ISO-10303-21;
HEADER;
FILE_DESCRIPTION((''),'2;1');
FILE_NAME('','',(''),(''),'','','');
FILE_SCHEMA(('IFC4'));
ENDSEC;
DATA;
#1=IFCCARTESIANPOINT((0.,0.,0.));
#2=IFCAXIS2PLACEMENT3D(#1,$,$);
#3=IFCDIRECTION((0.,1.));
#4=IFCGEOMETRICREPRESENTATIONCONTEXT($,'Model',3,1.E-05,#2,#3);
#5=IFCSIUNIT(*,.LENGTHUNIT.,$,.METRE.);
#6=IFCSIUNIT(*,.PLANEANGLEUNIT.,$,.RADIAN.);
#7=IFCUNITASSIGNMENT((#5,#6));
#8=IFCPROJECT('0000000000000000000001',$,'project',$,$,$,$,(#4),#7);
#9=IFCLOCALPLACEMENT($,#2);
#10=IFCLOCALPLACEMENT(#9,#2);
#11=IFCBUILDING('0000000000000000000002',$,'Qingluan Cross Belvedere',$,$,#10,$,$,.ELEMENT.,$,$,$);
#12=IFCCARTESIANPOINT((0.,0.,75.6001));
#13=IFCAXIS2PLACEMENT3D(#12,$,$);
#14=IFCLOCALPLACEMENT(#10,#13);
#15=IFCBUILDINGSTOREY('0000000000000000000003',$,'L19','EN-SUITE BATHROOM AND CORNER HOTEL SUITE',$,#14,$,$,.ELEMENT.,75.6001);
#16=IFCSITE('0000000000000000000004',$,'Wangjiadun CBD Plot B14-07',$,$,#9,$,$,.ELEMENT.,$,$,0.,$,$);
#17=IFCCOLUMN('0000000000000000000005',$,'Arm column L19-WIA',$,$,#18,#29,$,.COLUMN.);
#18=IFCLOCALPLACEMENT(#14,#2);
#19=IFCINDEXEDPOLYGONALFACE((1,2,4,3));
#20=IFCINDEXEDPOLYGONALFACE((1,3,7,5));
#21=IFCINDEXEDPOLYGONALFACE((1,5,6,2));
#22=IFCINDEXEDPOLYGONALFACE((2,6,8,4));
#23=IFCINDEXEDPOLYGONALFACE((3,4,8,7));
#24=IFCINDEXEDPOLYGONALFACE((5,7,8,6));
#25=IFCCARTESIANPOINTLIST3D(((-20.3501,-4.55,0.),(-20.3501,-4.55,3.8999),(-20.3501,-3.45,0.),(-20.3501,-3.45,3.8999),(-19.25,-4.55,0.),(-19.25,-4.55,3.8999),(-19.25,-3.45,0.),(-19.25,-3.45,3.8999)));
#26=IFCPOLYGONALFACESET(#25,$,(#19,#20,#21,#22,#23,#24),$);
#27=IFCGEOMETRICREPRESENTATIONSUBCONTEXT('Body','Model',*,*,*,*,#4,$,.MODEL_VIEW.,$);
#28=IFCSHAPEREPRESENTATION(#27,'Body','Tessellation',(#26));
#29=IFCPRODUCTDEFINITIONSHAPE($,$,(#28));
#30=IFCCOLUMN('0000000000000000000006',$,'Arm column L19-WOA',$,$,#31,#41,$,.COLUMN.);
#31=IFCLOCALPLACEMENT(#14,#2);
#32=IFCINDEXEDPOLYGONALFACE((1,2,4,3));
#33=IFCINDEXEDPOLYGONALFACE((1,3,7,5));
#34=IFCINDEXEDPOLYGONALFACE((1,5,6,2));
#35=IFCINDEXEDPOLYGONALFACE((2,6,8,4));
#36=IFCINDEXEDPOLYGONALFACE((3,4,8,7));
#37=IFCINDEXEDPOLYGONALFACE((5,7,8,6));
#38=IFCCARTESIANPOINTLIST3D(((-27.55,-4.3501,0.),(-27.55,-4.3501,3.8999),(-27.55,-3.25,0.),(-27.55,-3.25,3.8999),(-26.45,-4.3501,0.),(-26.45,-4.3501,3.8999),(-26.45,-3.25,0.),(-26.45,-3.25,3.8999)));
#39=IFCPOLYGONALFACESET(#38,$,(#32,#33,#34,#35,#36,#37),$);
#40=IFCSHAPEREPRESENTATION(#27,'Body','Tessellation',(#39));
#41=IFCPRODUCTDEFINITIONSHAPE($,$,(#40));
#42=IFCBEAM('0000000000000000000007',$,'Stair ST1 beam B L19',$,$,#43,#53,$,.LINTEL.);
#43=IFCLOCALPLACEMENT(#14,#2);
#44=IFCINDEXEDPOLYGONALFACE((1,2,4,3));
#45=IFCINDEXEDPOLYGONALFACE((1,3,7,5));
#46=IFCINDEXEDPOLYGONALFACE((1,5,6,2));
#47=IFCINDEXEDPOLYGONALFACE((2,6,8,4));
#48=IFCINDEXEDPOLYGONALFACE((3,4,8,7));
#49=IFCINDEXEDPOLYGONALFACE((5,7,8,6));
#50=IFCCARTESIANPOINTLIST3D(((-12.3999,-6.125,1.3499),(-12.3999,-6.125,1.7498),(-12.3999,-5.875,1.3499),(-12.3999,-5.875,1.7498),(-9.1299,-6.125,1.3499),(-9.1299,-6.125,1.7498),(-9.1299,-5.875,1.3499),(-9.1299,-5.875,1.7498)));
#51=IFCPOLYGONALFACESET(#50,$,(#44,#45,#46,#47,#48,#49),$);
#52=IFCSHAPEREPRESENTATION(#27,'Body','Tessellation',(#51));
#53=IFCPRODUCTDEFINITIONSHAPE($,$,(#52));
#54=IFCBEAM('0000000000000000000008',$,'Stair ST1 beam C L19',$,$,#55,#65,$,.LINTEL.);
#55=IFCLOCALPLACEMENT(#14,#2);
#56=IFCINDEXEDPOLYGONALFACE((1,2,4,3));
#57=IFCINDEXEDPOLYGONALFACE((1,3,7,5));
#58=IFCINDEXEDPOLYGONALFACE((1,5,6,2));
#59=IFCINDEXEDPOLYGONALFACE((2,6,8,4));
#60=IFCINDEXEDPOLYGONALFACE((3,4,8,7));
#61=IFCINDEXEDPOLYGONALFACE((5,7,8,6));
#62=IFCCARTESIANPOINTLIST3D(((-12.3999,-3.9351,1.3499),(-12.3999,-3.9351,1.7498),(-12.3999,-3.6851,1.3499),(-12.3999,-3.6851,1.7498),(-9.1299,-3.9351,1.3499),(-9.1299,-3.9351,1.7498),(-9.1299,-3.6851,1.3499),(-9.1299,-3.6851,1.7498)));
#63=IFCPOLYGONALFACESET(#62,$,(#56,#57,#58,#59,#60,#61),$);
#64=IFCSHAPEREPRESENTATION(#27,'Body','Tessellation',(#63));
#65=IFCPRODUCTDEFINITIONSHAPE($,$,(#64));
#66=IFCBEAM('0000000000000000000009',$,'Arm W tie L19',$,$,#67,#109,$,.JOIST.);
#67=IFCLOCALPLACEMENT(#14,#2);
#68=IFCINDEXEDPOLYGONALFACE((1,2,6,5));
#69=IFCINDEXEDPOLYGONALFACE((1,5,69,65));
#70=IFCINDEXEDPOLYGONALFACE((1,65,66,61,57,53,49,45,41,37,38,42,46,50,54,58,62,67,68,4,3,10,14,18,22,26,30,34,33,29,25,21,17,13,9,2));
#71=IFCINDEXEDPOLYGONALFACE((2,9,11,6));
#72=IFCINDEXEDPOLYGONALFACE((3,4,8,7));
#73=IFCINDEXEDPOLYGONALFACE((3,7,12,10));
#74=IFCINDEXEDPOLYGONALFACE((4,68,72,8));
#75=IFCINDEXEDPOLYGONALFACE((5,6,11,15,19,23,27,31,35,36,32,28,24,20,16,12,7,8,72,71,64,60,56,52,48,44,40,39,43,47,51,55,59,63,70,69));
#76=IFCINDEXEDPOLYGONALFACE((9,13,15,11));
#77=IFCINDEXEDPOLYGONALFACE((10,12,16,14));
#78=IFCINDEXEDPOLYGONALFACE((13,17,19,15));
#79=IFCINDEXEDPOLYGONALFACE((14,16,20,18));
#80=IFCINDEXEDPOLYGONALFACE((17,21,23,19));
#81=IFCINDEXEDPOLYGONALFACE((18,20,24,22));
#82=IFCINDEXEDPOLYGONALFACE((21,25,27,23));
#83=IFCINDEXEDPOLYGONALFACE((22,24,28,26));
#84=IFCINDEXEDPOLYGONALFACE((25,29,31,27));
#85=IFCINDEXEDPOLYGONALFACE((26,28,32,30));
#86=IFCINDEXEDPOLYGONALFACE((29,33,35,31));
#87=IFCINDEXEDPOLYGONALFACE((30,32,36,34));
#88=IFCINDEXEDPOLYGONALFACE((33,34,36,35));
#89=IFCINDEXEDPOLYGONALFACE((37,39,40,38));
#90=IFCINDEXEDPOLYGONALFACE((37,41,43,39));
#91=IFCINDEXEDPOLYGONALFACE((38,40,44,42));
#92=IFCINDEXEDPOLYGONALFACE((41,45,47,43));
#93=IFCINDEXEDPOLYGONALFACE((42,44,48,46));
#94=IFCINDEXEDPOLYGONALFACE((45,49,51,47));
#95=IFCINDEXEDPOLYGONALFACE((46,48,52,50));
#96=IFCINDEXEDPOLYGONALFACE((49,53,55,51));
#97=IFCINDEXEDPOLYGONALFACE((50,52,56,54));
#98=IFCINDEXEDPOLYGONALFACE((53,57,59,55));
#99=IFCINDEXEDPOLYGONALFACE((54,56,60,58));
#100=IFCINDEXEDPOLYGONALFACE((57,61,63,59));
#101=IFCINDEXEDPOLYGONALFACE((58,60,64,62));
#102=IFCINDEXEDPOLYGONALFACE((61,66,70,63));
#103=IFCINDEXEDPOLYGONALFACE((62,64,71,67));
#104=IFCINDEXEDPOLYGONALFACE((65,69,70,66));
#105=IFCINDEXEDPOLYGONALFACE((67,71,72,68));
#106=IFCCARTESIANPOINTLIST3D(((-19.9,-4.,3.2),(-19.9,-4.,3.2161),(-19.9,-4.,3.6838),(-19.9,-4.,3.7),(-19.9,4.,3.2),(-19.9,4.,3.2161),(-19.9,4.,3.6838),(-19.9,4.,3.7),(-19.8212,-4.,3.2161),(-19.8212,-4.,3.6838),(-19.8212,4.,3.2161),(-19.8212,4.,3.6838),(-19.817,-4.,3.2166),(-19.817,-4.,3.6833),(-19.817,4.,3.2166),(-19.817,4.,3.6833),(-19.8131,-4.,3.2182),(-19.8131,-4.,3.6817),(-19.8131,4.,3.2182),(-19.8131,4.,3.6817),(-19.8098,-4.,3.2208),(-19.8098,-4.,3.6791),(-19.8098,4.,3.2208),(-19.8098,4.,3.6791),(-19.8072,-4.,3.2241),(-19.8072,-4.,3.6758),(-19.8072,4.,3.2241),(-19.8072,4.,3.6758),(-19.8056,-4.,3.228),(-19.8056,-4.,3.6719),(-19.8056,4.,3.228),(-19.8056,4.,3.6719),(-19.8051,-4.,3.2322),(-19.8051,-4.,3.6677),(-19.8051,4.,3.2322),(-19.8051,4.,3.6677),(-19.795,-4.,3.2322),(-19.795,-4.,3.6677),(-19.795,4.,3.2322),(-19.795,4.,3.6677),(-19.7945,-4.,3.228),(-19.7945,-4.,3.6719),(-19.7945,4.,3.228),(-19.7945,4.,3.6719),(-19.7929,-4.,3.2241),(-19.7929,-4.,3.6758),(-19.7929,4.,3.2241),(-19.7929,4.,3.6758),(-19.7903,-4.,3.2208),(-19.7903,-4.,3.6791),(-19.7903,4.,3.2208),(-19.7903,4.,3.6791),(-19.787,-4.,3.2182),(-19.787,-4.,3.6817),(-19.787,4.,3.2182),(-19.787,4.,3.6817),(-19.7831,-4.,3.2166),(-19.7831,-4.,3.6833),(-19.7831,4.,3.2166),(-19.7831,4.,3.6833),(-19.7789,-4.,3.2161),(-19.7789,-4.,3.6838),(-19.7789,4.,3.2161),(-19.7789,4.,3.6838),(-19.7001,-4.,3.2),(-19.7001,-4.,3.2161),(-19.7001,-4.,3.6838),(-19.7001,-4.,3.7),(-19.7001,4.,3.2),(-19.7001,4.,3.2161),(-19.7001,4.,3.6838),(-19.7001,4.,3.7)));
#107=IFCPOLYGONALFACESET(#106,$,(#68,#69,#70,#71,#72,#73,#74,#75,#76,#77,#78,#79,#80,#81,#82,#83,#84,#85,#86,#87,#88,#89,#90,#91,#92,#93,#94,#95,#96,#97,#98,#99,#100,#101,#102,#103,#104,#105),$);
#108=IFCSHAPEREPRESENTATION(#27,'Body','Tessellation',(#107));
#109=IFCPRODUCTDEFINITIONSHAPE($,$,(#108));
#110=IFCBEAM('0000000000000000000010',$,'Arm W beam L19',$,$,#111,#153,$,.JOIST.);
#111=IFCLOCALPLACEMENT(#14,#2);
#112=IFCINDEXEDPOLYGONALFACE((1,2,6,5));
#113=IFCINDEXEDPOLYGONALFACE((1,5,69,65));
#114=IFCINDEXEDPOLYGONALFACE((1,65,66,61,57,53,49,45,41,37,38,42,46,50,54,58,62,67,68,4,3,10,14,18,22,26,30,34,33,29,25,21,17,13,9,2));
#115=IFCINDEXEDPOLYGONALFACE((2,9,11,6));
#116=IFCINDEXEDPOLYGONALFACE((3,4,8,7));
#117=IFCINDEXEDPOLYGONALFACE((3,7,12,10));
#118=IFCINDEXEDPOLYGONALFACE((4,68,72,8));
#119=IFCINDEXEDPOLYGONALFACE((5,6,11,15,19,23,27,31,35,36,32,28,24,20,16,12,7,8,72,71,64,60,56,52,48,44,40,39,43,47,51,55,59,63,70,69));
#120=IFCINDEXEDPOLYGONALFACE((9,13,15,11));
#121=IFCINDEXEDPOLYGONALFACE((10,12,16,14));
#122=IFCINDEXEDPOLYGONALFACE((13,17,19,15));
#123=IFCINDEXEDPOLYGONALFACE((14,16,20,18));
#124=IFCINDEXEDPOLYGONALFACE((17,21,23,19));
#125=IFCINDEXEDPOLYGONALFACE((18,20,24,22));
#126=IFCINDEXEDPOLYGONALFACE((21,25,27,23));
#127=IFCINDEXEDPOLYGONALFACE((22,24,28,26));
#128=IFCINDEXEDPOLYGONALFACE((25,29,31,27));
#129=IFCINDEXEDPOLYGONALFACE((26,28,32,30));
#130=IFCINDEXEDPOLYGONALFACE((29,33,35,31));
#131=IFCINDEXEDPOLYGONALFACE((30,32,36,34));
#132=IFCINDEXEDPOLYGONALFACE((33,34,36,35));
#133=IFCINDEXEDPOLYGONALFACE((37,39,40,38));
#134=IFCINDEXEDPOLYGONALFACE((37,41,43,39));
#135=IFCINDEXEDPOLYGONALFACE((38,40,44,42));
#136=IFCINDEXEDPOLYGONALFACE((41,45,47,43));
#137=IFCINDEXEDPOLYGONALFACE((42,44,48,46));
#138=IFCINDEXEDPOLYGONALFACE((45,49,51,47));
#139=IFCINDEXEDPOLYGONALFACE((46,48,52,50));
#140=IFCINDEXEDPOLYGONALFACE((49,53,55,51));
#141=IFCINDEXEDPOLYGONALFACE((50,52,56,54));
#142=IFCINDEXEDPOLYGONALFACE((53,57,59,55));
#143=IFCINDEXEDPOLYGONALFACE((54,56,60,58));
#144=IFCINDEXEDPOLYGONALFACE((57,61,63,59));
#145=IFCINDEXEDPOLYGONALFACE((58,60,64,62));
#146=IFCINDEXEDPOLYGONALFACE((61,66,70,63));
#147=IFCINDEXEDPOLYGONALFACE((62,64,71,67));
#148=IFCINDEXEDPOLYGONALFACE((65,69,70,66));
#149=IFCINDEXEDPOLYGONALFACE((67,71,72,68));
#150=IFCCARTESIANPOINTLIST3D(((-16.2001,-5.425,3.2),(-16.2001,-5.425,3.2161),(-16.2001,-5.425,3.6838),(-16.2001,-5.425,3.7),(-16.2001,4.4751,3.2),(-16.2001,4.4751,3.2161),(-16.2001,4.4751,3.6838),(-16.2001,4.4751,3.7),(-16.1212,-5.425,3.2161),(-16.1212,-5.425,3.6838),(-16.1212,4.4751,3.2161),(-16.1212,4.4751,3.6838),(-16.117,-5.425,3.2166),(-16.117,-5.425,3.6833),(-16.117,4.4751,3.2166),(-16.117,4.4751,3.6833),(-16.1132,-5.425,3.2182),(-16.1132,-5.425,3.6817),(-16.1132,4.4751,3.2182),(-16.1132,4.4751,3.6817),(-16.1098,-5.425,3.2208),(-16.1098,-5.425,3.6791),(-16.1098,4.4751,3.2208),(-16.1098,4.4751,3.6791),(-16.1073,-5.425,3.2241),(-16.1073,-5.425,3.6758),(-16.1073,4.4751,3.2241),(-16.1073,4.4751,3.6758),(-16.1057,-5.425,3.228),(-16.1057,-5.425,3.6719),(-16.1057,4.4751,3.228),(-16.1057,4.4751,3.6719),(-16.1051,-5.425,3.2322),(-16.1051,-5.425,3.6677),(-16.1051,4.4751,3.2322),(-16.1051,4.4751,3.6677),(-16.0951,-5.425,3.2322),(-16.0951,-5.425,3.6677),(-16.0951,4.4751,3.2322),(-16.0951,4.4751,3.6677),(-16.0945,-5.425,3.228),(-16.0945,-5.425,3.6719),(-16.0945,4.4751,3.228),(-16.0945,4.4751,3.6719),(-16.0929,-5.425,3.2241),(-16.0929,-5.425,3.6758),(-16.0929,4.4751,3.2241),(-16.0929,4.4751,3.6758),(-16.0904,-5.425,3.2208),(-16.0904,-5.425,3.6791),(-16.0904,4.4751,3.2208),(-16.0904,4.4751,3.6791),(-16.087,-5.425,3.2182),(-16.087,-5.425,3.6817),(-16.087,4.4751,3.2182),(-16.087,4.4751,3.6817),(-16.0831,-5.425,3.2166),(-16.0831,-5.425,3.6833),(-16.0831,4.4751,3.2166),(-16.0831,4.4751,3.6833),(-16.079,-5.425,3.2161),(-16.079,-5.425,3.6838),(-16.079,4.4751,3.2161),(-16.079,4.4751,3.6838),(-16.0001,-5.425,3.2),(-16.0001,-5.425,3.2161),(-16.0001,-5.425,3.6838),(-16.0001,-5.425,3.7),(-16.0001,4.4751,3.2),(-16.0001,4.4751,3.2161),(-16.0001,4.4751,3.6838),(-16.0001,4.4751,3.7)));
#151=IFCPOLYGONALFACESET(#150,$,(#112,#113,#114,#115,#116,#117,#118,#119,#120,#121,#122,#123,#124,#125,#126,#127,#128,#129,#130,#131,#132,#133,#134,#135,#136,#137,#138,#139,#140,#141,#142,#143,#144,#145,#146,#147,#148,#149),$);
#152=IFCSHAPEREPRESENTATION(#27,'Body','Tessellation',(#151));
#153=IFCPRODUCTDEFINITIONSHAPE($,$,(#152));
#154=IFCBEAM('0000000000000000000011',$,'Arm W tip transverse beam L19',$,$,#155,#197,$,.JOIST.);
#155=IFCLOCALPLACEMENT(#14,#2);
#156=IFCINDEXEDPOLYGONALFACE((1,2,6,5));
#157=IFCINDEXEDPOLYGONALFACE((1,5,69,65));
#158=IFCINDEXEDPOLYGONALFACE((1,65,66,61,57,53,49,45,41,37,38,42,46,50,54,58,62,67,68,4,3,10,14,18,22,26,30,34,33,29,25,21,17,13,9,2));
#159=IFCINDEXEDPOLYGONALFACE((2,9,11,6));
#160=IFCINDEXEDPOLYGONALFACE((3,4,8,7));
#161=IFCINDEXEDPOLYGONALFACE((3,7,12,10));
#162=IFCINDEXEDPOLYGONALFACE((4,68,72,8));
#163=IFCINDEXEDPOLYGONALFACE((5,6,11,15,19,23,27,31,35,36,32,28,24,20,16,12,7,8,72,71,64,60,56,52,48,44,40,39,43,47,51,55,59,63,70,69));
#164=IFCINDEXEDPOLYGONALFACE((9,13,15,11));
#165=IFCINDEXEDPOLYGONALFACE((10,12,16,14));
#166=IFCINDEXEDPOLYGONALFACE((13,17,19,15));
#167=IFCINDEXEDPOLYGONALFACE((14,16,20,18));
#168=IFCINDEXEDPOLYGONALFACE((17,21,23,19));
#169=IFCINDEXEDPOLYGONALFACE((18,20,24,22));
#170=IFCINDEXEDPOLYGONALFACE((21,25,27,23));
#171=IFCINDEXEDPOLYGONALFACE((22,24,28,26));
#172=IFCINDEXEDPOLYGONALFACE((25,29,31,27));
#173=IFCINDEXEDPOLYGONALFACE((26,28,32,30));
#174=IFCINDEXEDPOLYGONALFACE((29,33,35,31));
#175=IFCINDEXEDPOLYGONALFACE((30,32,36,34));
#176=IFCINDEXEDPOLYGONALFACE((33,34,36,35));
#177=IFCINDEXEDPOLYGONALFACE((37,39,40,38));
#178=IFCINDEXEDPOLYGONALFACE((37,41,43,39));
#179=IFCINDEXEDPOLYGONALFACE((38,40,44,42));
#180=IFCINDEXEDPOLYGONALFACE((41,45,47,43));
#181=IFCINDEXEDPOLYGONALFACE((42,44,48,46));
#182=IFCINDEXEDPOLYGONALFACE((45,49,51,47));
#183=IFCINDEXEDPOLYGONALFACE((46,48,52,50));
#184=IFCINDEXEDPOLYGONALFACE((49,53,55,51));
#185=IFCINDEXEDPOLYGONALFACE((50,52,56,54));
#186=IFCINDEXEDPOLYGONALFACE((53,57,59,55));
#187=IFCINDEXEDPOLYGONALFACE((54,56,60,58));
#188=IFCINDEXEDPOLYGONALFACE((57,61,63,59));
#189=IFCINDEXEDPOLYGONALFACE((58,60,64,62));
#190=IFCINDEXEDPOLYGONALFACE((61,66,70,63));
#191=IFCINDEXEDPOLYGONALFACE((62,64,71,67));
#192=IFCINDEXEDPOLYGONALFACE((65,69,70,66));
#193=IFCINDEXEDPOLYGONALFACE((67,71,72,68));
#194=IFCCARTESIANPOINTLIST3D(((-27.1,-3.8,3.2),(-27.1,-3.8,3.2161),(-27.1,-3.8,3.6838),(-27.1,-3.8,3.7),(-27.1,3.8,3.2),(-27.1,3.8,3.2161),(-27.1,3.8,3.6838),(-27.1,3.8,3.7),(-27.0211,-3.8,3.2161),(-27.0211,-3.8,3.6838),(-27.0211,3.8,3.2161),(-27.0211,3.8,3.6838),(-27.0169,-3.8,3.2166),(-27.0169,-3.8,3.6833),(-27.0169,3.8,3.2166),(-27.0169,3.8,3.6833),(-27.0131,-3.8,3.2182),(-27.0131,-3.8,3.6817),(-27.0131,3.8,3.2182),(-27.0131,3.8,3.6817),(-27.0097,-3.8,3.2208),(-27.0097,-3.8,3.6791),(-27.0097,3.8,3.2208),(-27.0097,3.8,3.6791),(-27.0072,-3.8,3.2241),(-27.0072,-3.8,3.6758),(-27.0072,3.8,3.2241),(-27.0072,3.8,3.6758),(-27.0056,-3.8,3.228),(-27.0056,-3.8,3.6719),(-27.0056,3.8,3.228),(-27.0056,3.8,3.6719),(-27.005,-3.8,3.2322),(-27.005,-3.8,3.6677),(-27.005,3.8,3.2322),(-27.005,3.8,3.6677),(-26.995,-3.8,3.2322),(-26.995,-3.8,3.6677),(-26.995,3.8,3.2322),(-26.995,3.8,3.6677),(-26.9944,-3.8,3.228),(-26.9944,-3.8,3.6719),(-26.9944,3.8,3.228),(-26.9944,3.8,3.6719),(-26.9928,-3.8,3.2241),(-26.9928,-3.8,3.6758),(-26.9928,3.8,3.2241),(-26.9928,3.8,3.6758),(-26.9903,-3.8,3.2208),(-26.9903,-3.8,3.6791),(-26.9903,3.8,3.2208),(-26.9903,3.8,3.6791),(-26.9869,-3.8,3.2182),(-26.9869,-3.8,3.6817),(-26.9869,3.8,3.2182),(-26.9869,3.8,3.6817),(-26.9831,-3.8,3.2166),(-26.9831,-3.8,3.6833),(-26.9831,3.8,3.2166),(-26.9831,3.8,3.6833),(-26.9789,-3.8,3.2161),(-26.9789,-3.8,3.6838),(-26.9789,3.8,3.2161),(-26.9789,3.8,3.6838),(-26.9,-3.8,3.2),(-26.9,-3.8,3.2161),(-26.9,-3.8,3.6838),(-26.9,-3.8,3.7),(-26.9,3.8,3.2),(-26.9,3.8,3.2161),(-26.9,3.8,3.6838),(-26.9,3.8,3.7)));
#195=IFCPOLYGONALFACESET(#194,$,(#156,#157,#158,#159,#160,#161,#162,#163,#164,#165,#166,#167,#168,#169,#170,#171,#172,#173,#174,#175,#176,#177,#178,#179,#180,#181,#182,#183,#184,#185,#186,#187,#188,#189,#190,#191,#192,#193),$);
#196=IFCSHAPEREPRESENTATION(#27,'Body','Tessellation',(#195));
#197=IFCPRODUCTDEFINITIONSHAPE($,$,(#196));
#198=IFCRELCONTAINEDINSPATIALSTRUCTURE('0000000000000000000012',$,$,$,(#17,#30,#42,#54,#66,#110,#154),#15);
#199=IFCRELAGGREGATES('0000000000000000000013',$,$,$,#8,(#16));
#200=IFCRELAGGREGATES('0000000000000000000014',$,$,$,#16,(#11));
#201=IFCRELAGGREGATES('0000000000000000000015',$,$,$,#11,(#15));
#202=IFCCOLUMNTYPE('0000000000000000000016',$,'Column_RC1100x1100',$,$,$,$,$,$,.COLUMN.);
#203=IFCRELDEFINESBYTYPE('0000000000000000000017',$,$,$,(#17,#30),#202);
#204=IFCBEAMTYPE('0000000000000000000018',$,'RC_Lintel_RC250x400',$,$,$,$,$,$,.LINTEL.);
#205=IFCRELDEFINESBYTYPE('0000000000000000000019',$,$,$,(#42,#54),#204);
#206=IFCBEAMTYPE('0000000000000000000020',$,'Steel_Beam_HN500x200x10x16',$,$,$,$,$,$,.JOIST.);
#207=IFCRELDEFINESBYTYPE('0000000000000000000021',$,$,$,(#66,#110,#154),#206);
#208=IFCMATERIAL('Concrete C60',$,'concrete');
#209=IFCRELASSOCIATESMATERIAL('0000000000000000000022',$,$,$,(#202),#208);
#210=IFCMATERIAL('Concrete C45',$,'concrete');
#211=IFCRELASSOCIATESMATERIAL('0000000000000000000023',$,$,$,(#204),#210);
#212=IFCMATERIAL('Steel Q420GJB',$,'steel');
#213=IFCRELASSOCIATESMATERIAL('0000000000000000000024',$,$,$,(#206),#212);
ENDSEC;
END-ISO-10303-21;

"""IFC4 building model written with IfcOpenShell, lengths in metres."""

from ifc_helpers import new_model, si_unit, direction, frame, origin, origin_2d, place, context, subcontext, project, spatial, rectangle, i_section, extrude, material, material_profile, profile_set, type_object, element, save


model = new_model("IFC4")

# Units and contexts
model_context = context("Model", 3, precision=1e-05, world=origin(), true_north=direction((0.0, 1.0)))
body_context = subcontext(model_context, "Body", "Model", "MODEL_VIEW")
ifc_project = project(units=[si_unit("LENGTHUNIT", "METRE"), si_unit("PLANEANGLEUNIT", "RADIAN")], contexts=[model_context])

# Site, building, storey
site_placement = place(None, origin())
site = spatial("IfcSite", under=ifc_project, at=site_placement, Name="Wangjiadun CBD Plot B14-07", CompositionType="ELEMENT", RefElevation=0.0)
building_placement = place(site_placement, origin())
building = spatial("IfcBuilding", under=site, at=building_placement, Name="Qingluan Cross Belvedere", CompositionType="ELEMENT")
storey_placement = place(building_placement, frame((0.0, 0.0, 75.6001)))
storey = spatial("IfcBuildingStorey", under=building, at=storey_placement, Name="L19", Description="EN-SUITE BATHROOM AND CORNER HOTEL SUITE", CompositionType="ELEMENT", Elevation=75.6001)

# Columns
ifc_material_1 = material(Name="Concrete C60", Category="concrete")
ifc_material_profile_1 = material_profile(ifc_material_1, rectangle(XDim=1.1001, YDim=1.1001, at=origin_2d()), Name="RC1100x1100")
ifc_profile_set_1 = profile_set([ifc_material_profile_1], Name="Concrete C60")
column_type = type_object("IfcColumnType", Name="Column_RC1100x1100", PredefinedType="COLUMN", material=ifc_profile_set_1)
for number, where, z_axis, x_axis, name in (
    (1, (-19.8, -4.0, 0.0), (0.0, 0.0, 1.0), (1.0, 0.0, 0.0), "Arm column L19-WIA"),
    (2, (-27.0, -3.8, 0.0), (0.0, 0.0, 1.0), (1.0, 0.0, 0.0), "Arm column L19-WOA"),
):
    element("IfcColumn", number, at=place(storey_placement, frame(where, z_axis=z_axis, x_axis=x_axis)), inside=storey, type_object=column_type, Name=name, PredefinedType="COLUMN", context=body_context, shape_type="SweptSolid", body=[
        extrude(rectangle(XDim=1.1001, YDim=1.1001, at=origin_2d()), origin(), (0.0, 0.0, 1.0), 3.8999),
    ])

# Beams
ifc_material_2 = material(Name="Concrete C45", Category="concrete")
ifc_material_profile_2 = material_profile(ifc_material_2, rectangle(XDim=0.25, YDim=0.3999, at=origin_2d()), Name="RC250x400")
ifc_profile_set_2 = profile_set([ifc_material_profile_2], Name="Concrete C45")
beam_type_1 = type_object("IfcBeamType", Name="RC_Lintel_RC250x400", PredefinedType="LINTEL", material=ifc_profile_set_2)
for number, where, z_axis, x_axis, name in (
    (3, (-12.3999, -6.0, 1.5498), (1.0, 0.0, 0.0), (0.0, 1.0, 0.0), "Stair ST1 beam B L19"),
    (4, (-12.3999, -3.8101, 1.5498), (1.0, 0.0, 0.0), (0.0, 1.0, 0.0), "Stair ST1 beam C L19"),
):
    element("IfcBeam", number, at=place(storey_placement, frame(where, z_axis=z_axis, x_axis=x_axis)), inside=storey, type_object=beam_type_1, Name=name, PredefinedType="LINTEL", context=body_context, shape_type="SweptSolid", body=[
        extrude(rectangle(XDim=0.25, YDim=0.3999, at=origin_2d()), origin(), (0.0, 0.0, 1.0), 3.27),
    ])
ifc_material_3 = material(Name="Steel Q420GJB", Category="steel")
ifc_material_profile_3 = material_profile(ifc_material_3, i_section(OverallWidth=0.2, OverallDepth=0.5, WebThickness=0.01, FlangeThickness=0.0161, FilletRadius=0.0161, at=origin_2d()), Name="HN500x200x10x16")
ifc_profile_set_3 = profile_set([ifc_material_profile_3], Name="Steel Q420GJB")
beam_type_2 = type_object("IfcBeamType", Name="Steel_Beam_HN500x200x10x16", PredefinedType="JOIST", material=ifc_profile_set_3)
beam_1_placement = place(storey_placement, frame((-19.8, -4.0, 3.45), z_axis=(0.0, 1.0, 0.0), x_axis=(-1.0, 0.0, 0.0)))
element("IfcBeam", 5, at=beam_1_placement, inside=storey, type_object=beam_type_2, Name="Arm W tie L19", PredefinedType="JOIST", context=body_context, shape_type="SweptSolid", body=[
    extrude(i_section(OverallWidth=0.2, OverallDepth=0.5, WebThickness=0.01, FlangeThickness=0.0161, FilletRadius=0.0161, at=origin_2d()), origin(), (0.0, 0.0, 1.0), 8.0),
])
beam_2_placement = place(storey_placement, frame((-16.1001, -5.425, 3.45), z_axis=(0.0, 1.0, 0.0), x_axis=(-1.0, 0.0, 0.0)))
element("IfcBeam", 6, at=beam_2_placement, inside=storey, type_object=beam_type_2, Name="Arm W beam L19", PredefinedType="JOIST", context=body_context, shape_type="SweptSolid", body=[
    extrude(i_section(OverallWidth=0.2, OverallDepth=0.5, WebThickness=0.01, FlangeThickness=0.0161, FilletRadius=0.0161, at=origin_2d()), origin(), (0.0, 0.0, 1.0), 9.9001),
])
beam_3_placement = place(storey_placement, frame((-27.0, -3.8, 3.45), z_axis=(0.0, 1.0, 0.0), x_axis=(-1.0, 0.0, 0.0)))
element("IfcBeam", 7, at=beam_3_placement, inside=storey, type_object=beam_type_2, Name="Arm W tip transverse beam L19", PredefinedType="JOIST", context=body_context, shape_type="SweptSolid", body=[
    extrude(i_section(OverallWidth=0.2, OverallDepth=0.5, WebThickness=0.01, FlangeThickness=0.0161, FilletRadius=0.0161, at=origin_2d()), origin(), (0.0, 0.0, 1.0), 7.6001),
])

save(model, "model.ifc")
